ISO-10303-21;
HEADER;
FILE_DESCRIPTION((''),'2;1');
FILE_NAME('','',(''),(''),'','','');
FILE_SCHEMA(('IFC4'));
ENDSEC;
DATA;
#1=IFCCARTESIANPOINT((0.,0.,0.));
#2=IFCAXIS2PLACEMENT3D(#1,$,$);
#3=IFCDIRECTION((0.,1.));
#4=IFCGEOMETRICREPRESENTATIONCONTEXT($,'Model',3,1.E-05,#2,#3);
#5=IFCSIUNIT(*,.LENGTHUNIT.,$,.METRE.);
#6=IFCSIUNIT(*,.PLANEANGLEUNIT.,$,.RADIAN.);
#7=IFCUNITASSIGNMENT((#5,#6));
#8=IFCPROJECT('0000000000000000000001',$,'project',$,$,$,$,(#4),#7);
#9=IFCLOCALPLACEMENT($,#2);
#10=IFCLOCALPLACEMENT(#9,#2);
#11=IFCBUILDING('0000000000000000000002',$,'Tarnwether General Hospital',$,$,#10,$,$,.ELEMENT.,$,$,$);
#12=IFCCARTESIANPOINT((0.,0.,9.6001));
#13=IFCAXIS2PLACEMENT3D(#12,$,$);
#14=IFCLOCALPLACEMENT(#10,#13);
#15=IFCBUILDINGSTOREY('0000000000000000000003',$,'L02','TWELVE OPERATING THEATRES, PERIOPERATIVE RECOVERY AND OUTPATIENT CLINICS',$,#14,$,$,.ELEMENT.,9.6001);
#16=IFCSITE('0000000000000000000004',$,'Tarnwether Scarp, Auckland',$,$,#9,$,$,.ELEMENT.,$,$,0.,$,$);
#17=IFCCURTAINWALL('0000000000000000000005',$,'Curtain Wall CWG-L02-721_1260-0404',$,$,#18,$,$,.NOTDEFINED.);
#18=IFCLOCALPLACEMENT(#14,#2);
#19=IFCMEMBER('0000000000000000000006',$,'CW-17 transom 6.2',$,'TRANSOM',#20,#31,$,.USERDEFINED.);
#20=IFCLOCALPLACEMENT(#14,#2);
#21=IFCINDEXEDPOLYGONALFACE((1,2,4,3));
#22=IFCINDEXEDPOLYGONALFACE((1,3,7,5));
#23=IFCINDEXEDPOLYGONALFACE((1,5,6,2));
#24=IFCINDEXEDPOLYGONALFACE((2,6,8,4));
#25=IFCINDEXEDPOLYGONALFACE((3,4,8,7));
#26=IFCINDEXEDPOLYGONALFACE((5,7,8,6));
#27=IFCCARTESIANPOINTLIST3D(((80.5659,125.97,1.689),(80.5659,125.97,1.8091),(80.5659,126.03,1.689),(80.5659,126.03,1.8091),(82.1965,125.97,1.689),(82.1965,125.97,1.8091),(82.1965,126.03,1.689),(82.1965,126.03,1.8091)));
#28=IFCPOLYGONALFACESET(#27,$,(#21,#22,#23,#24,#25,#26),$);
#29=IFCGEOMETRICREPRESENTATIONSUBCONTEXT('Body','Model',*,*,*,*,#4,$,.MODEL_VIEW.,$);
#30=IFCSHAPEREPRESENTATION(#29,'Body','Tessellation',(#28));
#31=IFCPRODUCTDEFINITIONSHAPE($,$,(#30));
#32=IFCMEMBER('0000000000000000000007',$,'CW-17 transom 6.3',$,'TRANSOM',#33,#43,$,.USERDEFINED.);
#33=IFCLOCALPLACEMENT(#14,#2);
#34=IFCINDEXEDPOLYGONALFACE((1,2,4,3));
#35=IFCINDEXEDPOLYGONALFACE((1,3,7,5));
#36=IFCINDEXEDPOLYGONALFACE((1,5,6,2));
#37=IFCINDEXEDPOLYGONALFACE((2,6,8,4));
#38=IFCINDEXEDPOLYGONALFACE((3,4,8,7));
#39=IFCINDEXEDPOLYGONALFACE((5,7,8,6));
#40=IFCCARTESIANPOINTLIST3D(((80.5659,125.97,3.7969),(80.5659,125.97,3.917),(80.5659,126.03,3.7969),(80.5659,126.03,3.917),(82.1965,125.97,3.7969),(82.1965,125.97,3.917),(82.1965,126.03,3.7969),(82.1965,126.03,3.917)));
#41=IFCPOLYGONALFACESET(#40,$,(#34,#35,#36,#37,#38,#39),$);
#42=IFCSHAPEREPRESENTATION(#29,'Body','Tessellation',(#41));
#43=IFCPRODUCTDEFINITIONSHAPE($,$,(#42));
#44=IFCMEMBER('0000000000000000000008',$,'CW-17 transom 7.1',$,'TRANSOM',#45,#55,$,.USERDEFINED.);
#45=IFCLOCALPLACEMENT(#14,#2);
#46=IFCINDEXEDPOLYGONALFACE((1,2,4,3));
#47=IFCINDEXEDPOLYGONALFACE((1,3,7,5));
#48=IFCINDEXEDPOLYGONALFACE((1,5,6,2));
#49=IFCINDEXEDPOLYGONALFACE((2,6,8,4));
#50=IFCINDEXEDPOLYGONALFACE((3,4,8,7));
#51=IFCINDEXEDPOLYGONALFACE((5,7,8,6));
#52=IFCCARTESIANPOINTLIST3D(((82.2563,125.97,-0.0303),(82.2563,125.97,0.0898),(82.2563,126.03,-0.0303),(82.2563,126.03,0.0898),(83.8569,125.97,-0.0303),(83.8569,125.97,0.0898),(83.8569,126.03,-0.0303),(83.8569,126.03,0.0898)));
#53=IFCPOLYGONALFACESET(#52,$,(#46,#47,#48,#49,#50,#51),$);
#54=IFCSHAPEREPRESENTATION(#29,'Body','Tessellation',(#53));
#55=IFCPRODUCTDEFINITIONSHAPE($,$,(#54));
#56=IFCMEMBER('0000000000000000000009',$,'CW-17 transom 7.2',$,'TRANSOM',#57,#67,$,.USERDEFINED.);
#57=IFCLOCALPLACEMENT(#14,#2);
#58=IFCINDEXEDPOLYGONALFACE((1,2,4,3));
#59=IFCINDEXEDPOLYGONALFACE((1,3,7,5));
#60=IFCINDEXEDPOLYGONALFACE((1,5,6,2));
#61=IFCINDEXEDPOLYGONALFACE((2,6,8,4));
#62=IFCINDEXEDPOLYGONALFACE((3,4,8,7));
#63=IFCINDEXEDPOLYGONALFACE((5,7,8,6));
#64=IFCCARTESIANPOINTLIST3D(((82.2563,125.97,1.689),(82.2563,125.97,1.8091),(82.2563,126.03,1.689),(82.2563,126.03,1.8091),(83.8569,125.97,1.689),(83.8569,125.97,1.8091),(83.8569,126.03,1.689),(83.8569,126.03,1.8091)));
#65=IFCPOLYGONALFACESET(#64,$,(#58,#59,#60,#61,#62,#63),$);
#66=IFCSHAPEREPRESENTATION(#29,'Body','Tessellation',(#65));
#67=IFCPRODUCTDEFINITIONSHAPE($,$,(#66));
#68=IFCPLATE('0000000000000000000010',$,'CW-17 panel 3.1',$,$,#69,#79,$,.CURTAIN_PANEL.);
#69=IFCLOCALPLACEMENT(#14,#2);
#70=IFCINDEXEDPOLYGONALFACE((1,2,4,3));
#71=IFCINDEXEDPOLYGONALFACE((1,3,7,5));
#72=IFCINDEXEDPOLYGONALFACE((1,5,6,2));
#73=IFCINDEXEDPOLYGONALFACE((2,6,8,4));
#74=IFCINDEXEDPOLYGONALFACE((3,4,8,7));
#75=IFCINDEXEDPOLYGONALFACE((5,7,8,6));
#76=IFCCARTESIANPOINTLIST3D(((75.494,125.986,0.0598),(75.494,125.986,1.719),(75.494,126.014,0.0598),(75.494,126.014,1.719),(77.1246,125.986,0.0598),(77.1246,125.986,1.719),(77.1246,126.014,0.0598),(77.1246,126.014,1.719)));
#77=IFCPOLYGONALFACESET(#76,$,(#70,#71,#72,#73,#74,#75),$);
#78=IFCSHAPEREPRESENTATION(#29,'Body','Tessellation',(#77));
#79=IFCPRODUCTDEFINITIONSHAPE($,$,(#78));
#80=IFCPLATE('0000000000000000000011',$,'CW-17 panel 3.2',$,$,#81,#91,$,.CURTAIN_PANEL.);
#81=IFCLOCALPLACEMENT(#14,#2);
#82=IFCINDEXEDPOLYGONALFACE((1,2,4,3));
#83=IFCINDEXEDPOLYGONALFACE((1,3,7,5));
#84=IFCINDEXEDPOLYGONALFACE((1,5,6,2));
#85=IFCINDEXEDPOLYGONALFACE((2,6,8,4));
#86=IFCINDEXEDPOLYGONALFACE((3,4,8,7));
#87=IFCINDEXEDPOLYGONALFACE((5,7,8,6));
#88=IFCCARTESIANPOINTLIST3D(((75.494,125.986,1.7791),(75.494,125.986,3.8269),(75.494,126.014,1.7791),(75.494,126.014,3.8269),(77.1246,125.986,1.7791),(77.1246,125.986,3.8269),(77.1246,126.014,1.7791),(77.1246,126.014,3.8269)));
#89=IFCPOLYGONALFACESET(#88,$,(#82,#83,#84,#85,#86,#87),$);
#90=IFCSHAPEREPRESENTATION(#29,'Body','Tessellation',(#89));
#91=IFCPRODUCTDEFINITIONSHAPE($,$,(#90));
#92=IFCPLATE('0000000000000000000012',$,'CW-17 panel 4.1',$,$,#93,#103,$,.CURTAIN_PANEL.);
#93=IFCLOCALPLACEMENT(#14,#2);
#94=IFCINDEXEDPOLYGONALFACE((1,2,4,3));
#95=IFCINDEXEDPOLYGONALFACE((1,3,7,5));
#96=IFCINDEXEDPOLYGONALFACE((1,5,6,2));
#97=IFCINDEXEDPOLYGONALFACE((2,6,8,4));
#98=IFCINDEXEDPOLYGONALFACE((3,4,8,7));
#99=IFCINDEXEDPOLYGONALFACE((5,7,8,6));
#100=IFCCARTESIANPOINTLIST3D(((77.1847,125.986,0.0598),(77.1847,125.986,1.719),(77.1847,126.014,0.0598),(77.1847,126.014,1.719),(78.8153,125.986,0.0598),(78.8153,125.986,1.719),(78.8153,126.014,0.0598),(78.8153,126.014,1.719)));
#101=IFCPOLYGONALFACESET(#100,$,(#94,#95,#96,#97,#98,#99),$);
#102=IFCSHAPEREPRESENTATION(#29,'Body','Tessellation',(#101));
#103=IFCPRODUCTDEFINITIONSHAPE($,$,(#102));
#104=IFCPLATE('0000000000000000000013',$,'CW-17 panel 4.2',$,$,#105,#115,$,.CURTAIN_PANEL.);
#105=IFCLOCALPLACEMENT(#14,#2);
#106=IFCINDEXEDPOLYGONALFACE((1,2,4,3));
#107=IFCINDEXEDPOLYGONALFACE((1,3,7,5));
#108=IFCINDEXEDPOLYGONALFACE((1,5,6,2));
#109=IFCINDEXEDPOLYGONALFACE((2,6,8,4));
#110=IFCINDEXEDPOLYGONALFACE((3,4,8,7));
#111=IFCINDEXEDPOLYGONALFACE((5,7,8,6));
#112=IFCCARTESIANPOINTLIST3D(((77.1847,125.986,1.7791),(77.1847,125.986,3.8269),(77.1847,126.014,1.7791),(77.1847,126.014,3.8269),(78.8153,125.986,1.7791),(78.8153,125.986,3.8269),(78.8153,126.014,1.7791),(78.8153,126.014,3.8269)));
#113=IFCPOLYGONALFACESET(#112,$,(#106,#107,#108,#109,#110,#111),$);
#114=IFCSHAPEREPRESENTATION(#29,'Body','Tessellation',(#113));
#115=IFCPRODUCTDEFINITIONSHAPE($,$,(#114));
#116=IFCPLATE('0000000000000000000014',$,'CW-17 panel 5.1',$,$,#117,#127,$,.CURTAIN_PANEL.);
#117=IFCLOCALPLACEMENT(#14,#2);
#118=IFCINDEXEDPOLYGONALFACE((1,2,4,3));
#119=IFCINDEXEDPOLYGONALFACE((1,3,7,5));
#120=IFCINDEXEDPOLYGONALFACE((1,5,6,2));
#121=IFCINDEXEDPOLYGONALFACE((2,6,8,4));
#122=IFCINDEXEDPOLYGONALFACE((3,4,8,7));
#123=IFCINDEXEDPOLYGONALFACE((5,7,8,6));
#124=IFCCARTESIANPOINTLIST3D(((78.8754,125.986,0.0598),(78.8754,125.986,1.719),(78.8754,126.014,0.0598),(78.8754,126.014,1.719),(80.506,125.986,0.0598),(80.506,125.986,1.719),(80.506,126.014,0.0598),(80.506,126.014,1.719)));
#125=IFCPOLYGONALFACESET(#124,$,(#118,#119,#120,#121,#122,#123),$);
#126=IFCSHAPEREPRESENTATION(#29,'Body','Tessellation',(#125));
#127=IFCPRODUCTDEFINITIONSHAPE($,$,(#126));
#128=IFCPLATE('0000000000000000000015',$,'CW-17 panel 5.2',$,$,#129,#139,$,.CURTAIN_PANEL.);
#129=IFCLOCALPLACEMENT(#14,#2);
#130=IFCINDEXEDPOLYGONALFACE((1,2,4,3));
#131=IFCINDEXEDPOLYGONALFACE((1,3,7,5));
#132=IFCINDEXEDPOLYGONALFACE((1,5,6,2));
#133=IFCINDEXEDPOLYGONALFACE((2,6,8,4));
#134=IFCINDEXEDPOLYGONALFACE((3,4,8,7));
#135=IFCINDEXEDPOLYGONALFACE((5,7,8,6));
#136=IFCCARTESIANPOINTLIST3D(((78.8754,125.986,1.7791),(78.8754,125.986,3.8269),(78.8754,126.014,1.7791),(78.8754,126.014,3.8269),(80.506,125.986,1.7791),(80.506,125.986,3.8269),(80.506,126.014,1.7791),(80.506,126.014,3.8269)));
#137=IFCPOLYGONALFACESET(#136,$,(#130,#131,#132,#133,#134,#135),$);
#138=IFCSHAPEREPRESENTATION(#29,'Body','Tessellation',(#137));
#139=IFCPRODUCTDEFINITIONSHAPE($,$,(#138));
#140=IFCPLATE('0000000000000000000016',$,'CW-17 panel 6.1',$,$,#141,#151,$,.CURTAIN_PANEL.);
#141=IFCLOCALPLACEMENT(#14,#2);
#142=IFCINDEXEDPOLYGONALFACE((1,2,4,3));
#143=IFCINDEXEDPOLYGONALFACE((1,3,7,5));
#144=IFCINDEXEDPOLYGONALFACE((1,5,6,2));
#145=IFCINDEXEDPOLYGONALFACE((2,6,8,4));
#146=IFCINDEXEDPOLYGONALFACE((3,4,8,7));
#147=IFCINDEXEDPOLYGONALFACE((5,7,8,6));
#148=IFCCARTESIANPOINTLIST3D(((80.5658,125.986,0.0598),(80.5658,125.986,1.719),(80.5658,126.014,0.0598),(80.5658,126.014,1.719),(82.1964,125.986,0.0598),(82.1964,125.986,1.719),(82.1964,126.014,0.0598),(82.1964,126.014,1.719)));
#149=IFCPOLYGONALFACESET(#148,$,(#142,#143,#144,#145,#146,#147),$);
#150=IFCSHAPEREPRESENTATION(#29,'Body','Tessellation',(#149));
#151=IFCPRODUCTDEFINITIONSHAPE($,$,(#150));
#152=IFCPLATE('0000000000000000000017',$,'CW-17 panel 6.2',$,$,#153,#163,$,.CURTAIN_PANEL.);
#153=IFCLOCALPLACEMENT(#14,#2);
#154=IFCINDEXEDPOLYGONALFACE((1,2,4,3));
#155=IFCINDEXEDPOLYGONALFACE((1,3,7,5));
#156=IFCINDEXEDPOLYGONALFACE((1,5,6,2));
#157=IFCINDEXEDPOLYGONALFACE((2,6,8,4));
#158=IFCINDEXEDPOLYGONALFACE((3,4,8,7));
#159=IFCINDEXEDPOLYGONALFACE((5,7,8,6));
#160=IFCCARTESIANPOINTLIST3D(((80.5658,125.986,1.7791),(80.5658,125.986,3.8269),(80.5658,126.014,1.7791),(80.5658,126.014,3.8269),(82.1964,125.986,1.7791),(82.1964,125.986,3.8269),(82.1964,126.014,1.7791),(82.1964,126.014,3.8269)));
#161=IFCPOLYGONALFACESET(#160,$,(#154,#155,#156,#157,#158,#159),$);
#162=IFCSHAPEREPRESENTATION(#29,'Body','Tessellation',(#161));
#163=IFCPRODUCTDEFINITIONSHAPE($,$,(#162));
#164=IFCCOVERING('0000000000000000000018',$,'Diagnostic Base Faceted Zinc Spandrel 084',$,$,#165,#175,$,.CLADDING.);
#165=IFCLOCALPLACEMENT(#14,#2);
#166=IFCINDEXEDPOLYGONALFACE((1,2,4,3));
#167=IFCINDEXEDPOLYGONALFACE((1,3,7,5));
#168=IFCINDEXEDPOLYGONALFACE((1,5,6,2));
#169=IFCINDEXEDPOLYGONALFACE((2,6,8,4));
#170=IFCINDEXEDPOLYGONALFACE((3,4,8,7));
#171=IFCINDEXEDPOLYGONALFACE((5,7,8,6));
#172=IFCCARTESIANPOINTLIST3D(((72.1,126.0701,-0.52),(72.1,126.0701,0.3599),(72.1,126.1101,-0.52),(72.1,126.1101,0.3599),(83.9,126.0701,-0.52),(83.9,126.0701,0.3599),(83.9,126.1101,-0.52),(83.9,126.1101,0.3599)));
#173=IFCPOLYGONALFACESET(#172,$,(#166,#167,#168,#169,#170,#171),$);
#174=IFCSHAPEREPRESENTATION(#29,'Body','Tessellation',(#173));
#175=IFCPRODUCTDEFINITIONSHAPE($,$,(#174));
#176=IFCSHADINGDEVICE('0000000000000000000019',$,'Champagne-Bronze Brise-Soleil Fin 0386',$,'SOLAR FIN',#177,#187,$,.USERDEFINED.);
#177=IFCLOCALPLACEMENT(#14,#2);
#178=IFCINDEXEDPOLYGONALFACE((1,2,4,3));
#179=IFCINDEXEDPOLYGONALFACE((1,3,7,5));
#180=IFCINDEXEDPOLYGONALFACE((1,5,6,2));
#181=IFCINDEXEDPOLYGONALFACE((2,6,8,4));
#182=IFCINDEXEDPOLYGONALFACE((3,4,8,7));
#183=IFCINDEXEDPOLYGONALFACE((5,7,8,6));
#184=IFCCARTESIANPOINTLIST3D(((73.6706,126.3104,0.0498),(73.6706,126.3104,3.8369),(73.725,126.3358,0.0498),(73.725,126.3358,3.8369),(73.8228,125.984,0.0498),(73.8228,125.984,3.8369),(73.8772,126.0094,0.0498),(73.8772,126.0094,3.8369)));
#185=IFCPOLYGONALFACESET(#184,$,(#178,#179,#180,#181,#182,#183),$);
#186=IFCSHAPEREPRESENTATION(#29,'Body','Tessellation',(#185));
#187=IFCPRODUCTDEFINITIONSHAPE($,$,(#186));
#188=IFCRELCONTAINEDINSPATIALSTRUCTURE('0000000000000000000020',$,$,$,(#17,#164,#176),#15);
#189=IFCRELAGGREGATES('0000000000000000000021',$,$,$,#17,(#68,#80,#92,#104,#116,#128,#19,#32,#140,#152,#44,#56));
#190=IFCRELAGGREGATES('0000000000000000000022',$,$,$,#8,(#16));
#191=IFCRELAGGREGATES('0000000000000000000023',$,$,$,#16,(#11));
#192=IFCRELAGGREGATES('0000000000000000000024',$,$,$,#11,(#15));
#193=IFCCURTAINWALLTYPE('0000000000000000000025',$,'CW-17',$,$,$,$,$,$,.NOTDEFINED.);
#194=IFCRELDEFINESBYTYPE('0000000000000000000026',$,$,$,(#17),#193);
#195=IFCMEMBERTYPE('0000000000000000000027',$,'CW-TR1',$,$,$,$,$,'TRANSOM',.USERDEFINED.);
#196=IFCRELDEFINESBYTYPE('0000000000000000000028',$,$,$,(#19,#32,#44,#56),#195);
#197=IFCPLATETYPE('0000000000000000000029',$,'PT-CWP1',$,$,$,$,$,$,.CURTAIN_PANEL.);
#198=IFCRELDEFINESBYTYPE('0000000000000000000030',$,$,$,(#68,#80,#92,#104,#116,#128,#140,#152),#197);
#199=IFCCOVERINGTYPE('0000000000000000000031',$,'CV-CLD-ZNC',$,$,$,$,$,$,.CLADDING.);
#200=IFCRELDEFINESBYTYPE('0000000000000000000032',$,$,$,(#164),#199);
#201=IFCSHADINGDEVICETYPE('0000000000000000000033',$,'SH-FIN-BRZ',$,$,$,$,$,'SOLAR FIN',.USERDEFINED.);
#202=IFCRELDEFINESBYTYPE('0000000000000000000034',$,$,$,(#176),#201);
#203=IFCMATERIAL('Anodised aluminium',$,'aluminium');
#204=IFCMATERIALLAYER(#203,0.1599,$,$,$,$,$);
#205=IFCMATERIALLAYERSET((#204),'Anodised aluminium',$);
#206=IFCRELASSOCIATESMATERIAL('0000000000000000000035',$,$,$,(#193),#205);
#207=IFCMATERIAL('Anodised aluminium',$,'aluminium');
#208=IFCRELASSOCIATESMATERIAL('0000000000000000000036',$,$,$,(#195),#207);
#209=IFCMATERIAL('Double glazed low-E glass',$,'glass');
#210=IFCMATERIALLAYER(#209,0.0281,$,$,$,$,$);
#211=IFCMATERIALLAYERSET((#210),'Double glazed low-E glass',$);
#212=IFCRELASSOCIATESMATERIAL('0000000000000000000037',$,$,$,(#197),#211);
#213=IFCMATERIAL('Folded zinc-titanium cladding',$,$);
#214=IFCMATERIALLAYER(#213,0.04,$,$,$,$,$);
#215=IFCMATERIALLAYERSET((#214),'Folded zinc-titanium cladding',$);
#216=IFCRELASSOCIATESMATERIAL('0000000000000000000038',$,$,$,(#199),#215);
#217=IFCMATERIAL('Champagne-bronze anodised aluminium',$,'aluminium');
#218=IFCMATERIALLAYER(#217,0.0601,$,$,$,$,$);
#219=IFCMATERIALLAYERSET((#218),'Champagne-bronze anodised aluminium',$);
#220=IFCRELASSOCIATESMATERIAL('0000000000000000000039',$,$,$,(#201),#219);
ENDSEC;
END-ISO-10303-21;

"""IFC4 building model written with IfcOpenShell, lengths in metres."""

from ifc_helpers import new_model, si_unit, direction, frame, origin, origin_2d, place, context, subcontext, project, spatial, rectangle, extrude, material, layer, layer_set, material_profile, profile_set, type_object, element, aggregate, save


model = new_model("IFC4")

# Units and contexts
model_context = context("Model", 3, precision=1e-05, world=origin(), true_north=direction((0.0, 1.0)))
body_context = subcontext(model_context, "Body", "Model", "MODEL_VIEW")
ifc_project = project(units=[si_unit("LENGTHUNIT", "METRE"), si_unit("PLANEANGLEUNIT", "RADIAN")], contexts=[model_context])

# Site, building, storey
site_placement = place(None, origin())
site = spatial("IfcSite", under=ifc_project, at=site_placement, Name="Tarnwether Scarp, Auckland", CompositionType="ELEMENT", RefElevation=0.0)
building_placement = place(site_placement, origin())
building = spatial("IfcBuilding", under=site, at=building_placement, Name="Tarnwether General Hospital", CompositionType="ELEMENT")
storey_placement = place(building_placement, frame((0.0, 0.0, 9.6001)))
storey = spatial("IfcBuildingStorey", under=building, at=storey_placement, Name="L02", Description="TWELVE OPERATING THEATRES, PERIOPERATIVE RECOVERY AND OUTPATIENT CLINICS", CompositionType="ELEMENT", Elevation=9.6001)

# Curtain wall, members, plates
ifc_material_1 = material(Name="Anodised aluminium", Category="aluminium")
ifc_layer_1 = layer(ifc_material_1, 0.1599)
ifc_layer_set_1 = layer_set([ifc_layer_1], Name="Anodised aluminium")
curtain_wall_type = type_object("IfcCurtainWallType", Name="CW-17", PredefinedType="NOTDEFINED", material=ifc_layer_set_1)
curtain_wall_placement = place(storey_placement, origin())
curtain_wall = element("IfcCurtainWall", 1, at=curtain_wall_placement, inside=storey, type_object=curtain_wall_type, Name="Curtain Wall CWG-L02-721_1260-0404", PredefinedType="NOTDEFINED")
ifc_material_2 = material(Name="Anodised aluminium", Category="aluminium")
ifc_material_profile_1 = material_profile(ifc_material_2, rectangle(XDim=0.0601, YDim=0.1201, at=origin_2d()), Name="ALU-TRN-60x120")
ifc_profile_set_1 = profile_set([ifc_material_profile_1], Name="Anodised aluminium")
member_type_1 = type_object("IfcMemberType", Name="CW-TR1", ElementType="TRANSOM", PredefinedType="USERDEFINED", material=ifc_profile_set_1)
member_1_placement = place(storey_placement, frame((80.5659, 126.0, 1.749), z_axis=(1.0, 0.0, 0.0), x_axis=(0.0, 1.0, 0.0)))
member_1 = element("IfcMember", 2, at=member_1_placement, type_object=member_type_1, Name="CW-17 transom 6.2", ObjectType="TRANSOM", PredefinedType="USERDEFINED", context=body_context, shape_type="SweptSolid", body=[
    extrude(rectangle(XDim=0.0601, YDim=0.1201, at=origin_2d()), origin(), (0.0, 0.0, 1.0), 1.6306),
])
member_2_placement = place(storey_placement, frame((80.5659, 126.0, 3.8569), z_axis=(1.0, 0.0, 0.0), x_axis=(0.0, 1.0, 0.0)))
member_2 = element("IfcMember", 3, at=member_2_placement, type_object=member_type_1, Name="CW-17 transom 6.3", ObjectType="TRANSOM", PredefinedType="USERDEFINED", context=body_context, shape_type="SweptSolid", body=[
    extrude(rectangle(XDim=0.0601, YDim=0.1201, at=origin_2d()), origin(), (0.0, 0.0, 1.0), 1.6306),
])
member_3_placement = place(storey_placement, frame((82.2563, 126.0, 0.0298), z_axis=(1.0, 0.0, 0.0), x_axis=(0.0, 1.0, 0.0)))
member_3 = element("IfcMember", 4, at=member_3_placement, type_object=member_type_1, Name="CW-17 transom 7.1", ObjectType="TRANSOM", PredefinedType="USERDEFINED", context=body_context, shape_type="SweptSolid", body=[
    extrude(rectangle(XDim=0.0601, YDim=0.1201, at=origin_2d()), origin(), (0.0, 0.0, 1.0), 1.6006),
])
member_4_placement = place(storey_placement, frame((82.2563, 126.0, 1.749), z_axis=(1.0, 0.0, 0.0), x_axis=(0.0, 1.0, 0.0)))
member_4 = element("IfcMember", 5, at=member_4_placement, type_object=member_type_1, Name="CW-17 transom 7.2", ObjectType="TRANSOM", PredefinedType="USERDEFINED", context=body_context, shape_type="SweptSolid", body=[
    extrude(rectangle(XDim=0.0601, YDim=0.1201, at=origin_2d()), origin(), (0.0, 0.0, 1.0), 1.6006),
])
ifc_material_3 = material(Name="Double glazed low-E glass", Category="glass")
ifc_layer_2 = layer(ifc_material_3, 0.0281)
ifc_layer_set_2 = layer_set([ifc_layer_2], Name="Double glazed low-E glass")
plate_type = type_object("IfcPlateType", Name="PT-CWP1", PredefinedType="CURTAIN_PANEL", material=ifc_layer_set_2)
plate_1_placement = place(storey_placement, frame((76.3093, 126.0, 0.0598), z_axis=(0.0, 0.0, 1.0), x_axis=(1.0, 0.0, 0.0)))
plate_1 = element("IfcPlate", 6, at=plate_1_placement, type_object=plate_type, Name="CW-17 panel 3.1", PredefinedType="CURTAIN_PANEL", context=body_context, shape_type="SweptSolid", body=[
    extrude(rectangle(XDim=1.6306, YDim=0.0281, at=origin_2d()), origin(), (0.0, 0.0, 1.0), 1.6592),
])
plate_2_placement = place(storey_placement, frame((76.3093, 126.0, 1.7791), z_axis=(0.0, 0.0, 1.0), x_axis=(1.0, 0.0, 0.0)))
plate_2 = element("IfcPlate", 7, at=plate_2_placement, type_object=plate_type, Name="CW-17 panel 3.2", PredefinedType="CURTAIN_PANEL", context=body_context, shape_type="SweptSolid", body=[
    extrude(rectangle(XDim=1.6306, YDim=0.0281, at=origin_2d()), origin(), (0.0, 0.0, 1.0), 2.0479),
])
plate_3_placement = place(storey_placement, frame((78.0, 126.0, 0.0598), z_axis=(0.0, 0.0, 1.0), x_axis=(1.0, 0.0, 0.0)))
plate_3 = element("IfcPlate", 8, at=plate_3_placement, type_object=plate_type, Name="CW-17 panel 4.1", PredefinedType="CURTAIN_PANEL", context=body_context, shape_type="SweptSolid", body=[
    extrude(rectangle(XDim=1.6306, YDim=0.0281, at=origin_2d()), origin(), (0.0, 0.0, 1.0), 1.6592),
])
plate_4_placement = place(storey_placement, frame((78.0, 126.0, 1.7791), z_axis=(0.0, 0.0, 1.0), x_axis=(1.0, 0.0, 0.0)))
plate_4 = element("IfcPlate", 9, at=plate_4_placement, type_object=plate_type, Name="CW-17 panel 4.2", PredefinedType="CURTAIN_PANEL", context=body_context, shape_type="SweptSolid", body=[
    extrude(rectangle(XDim=1.6306, YDim=0.0281, at=origin_2d()), origin(), (0.0, 0.0, 1.0), 2.0479),
])
plate_5_placement = place(storey_placement, frame((79.6907, 126.0, 0.0598), z_axis=(0.0, 0.0, 1.0), x_axis=(1.0, 0.0, 0.0)))
plate_5 = element("IfcPlate", 10, at=plate_5_placement, type_object=plate_type, Name="CW-17 panel 5.1", PredefinedType="CURTAIN_PANEL", context=body_context, shape_type="SweptSolid", body=[
    extrude(rectangle(XDim=1.6306, YDim=0.0281, at=origin_2d()), origin(), (0.0, 0.0, 1.0), 1.6592),
])
plate_6_placement = place(storey_placement, frame((79.6907, 126.0, 1.7791), z_axis=(0.0, 0.0, 1.0), x_axis=(1.0, 0.0, 0.0)))
plate_6 = element("IfcPlate", 11, at=plate_6_placement, type_object=plate_type, Name="CW-17 panel 5.2", PredefinedType="CURTAIN_PANEL", context=body_context, shape_type="SweptSolid", body=[
    extrude(rectangle(XDim=1.6306, YDim=0.0281, at=origin_2d()), origin(), (0.0, 0.0, 1.0), 2.0479),
])
plate_7_placement = place(storey_placement, frame((81.3811, 126.0, 0.0598), z_axis=(0.0, 0.0, 1.0), x_axis=(1.0, 0.0, 0.0)))
plate_7 = element("IfcPlate", 12, at=plate_7_placement, type_object=plate_type, Name="CW-17 panel 6.1", PredefinedType="CURTAIN_PANEL", context=body_context, shape_type="SweptSolid", body=[
    extrude(rectangle(XDim=1.6306, YDim=0.0281, at=origin_2d()), origin(), (0.0, 0.0, 1.0), 1.6592),
])
plate_8_placement = place(storey_placement, frame((81.3811, 126.0, 1.7791), z_axis=(0.0, 0.0, 1.0), x_axis=(1.0, 0.0, 0.0)))
plate_8 = element("IfcPlate", 13, at=plate_8_placement, type_object=plate_type, Name="CW-17 panel 6.2", PredefinedType="CURTAIN_PANEL", context=body_context, shape_type="SweptSolid", body=[
    extrude(rectangle(XDim=1.6306, YDim=0.0281, at=origin_2d()), origin(), (0.0, 0.0, 1.0), 2.0479),
])
aggregate(curtain_wall, [plate_1, plate_2, plate_3, plate_4, plate_5, plate_6, member_1, member_2, plate_7, plate_8, member_3, member_4])

# Covering
ifc_material_4 = material(Name="Folded zinc-titanium cladding")
ifc_layer_3 = layer(ifc_material_4, 0.04)
ifc_layer_set_3 = layer_set([ifc_layer_3], Name="Folded zinc-titanium cladding")
covering_type = type_object("IfcCoveringType", Name="CV-CLD-ZNC", PredefinedType="CLADDING", material=ifc_layer_set_3)
covering_placement = place(storey_placement, frame((78.0, 126.0901, -0.52), z_axis=(0.0, 0.0, 1.0), x_axis=(1.0, 0.0, 0.0)))
element("IfcCovering", 14, at=covering_placement, inside=storey, type_object=covering_type, Name="Diagnostic Base Faceted Zinc Spandrel 084", PredefinedType="CLADDING", context=body_context, shape_type="SweptSolid", body=[
    extrude(rectangle(XDim=11.8, YDim=0.04, at=origin_2d()), origin(), (0.0, 0.0, 1.0), 0.8799),
])

# Shading device
ifc_material_5 = material(Name="Champagne-bronze anodised aluminium", Category="aluminium")
ifc_layer_4 = layer(ifc_material_5, 0.0601)
ifc_layer_set_4 = layer_set([ifc_layer_4], Name="Champagne-bronze anodised aluminium")
shading_device_type = type_object("IfcShadingDeviceType", Name="SH-FIN-BRZ", ElementType="SOLAR FIN", PredefinedType="USERDEFINED", material=ifc_layer_set_4)
for number, where, z_axis, x_axis, name in (
    (15, (73.7739, 126.1599, 0.0498), (0.0, 0.0, 1.0), (0.906308, 0.422618, 0.0), "Champagne-Bronze Brise-Soleil Fin 0386"),
):
    element("IfcShadingDevice", number, at=place(storey_placement, frame(where, z_axis=z_axis, x_axis=x_axis)), inside=storey, type_object=shading_device_type, Name=name, ObjectType="SOLAR FIN", PredefinedType="USERDEFINED", context=body_context, shape_type="SweptSolid", body=[
        extrude(rectangle(XDim=0.0601, YDim=0.3601, at=origin_2d()), origin(), (0.0, 0.0, 1.0), 3.7871),
    ])

save(model, "model.ifc")
